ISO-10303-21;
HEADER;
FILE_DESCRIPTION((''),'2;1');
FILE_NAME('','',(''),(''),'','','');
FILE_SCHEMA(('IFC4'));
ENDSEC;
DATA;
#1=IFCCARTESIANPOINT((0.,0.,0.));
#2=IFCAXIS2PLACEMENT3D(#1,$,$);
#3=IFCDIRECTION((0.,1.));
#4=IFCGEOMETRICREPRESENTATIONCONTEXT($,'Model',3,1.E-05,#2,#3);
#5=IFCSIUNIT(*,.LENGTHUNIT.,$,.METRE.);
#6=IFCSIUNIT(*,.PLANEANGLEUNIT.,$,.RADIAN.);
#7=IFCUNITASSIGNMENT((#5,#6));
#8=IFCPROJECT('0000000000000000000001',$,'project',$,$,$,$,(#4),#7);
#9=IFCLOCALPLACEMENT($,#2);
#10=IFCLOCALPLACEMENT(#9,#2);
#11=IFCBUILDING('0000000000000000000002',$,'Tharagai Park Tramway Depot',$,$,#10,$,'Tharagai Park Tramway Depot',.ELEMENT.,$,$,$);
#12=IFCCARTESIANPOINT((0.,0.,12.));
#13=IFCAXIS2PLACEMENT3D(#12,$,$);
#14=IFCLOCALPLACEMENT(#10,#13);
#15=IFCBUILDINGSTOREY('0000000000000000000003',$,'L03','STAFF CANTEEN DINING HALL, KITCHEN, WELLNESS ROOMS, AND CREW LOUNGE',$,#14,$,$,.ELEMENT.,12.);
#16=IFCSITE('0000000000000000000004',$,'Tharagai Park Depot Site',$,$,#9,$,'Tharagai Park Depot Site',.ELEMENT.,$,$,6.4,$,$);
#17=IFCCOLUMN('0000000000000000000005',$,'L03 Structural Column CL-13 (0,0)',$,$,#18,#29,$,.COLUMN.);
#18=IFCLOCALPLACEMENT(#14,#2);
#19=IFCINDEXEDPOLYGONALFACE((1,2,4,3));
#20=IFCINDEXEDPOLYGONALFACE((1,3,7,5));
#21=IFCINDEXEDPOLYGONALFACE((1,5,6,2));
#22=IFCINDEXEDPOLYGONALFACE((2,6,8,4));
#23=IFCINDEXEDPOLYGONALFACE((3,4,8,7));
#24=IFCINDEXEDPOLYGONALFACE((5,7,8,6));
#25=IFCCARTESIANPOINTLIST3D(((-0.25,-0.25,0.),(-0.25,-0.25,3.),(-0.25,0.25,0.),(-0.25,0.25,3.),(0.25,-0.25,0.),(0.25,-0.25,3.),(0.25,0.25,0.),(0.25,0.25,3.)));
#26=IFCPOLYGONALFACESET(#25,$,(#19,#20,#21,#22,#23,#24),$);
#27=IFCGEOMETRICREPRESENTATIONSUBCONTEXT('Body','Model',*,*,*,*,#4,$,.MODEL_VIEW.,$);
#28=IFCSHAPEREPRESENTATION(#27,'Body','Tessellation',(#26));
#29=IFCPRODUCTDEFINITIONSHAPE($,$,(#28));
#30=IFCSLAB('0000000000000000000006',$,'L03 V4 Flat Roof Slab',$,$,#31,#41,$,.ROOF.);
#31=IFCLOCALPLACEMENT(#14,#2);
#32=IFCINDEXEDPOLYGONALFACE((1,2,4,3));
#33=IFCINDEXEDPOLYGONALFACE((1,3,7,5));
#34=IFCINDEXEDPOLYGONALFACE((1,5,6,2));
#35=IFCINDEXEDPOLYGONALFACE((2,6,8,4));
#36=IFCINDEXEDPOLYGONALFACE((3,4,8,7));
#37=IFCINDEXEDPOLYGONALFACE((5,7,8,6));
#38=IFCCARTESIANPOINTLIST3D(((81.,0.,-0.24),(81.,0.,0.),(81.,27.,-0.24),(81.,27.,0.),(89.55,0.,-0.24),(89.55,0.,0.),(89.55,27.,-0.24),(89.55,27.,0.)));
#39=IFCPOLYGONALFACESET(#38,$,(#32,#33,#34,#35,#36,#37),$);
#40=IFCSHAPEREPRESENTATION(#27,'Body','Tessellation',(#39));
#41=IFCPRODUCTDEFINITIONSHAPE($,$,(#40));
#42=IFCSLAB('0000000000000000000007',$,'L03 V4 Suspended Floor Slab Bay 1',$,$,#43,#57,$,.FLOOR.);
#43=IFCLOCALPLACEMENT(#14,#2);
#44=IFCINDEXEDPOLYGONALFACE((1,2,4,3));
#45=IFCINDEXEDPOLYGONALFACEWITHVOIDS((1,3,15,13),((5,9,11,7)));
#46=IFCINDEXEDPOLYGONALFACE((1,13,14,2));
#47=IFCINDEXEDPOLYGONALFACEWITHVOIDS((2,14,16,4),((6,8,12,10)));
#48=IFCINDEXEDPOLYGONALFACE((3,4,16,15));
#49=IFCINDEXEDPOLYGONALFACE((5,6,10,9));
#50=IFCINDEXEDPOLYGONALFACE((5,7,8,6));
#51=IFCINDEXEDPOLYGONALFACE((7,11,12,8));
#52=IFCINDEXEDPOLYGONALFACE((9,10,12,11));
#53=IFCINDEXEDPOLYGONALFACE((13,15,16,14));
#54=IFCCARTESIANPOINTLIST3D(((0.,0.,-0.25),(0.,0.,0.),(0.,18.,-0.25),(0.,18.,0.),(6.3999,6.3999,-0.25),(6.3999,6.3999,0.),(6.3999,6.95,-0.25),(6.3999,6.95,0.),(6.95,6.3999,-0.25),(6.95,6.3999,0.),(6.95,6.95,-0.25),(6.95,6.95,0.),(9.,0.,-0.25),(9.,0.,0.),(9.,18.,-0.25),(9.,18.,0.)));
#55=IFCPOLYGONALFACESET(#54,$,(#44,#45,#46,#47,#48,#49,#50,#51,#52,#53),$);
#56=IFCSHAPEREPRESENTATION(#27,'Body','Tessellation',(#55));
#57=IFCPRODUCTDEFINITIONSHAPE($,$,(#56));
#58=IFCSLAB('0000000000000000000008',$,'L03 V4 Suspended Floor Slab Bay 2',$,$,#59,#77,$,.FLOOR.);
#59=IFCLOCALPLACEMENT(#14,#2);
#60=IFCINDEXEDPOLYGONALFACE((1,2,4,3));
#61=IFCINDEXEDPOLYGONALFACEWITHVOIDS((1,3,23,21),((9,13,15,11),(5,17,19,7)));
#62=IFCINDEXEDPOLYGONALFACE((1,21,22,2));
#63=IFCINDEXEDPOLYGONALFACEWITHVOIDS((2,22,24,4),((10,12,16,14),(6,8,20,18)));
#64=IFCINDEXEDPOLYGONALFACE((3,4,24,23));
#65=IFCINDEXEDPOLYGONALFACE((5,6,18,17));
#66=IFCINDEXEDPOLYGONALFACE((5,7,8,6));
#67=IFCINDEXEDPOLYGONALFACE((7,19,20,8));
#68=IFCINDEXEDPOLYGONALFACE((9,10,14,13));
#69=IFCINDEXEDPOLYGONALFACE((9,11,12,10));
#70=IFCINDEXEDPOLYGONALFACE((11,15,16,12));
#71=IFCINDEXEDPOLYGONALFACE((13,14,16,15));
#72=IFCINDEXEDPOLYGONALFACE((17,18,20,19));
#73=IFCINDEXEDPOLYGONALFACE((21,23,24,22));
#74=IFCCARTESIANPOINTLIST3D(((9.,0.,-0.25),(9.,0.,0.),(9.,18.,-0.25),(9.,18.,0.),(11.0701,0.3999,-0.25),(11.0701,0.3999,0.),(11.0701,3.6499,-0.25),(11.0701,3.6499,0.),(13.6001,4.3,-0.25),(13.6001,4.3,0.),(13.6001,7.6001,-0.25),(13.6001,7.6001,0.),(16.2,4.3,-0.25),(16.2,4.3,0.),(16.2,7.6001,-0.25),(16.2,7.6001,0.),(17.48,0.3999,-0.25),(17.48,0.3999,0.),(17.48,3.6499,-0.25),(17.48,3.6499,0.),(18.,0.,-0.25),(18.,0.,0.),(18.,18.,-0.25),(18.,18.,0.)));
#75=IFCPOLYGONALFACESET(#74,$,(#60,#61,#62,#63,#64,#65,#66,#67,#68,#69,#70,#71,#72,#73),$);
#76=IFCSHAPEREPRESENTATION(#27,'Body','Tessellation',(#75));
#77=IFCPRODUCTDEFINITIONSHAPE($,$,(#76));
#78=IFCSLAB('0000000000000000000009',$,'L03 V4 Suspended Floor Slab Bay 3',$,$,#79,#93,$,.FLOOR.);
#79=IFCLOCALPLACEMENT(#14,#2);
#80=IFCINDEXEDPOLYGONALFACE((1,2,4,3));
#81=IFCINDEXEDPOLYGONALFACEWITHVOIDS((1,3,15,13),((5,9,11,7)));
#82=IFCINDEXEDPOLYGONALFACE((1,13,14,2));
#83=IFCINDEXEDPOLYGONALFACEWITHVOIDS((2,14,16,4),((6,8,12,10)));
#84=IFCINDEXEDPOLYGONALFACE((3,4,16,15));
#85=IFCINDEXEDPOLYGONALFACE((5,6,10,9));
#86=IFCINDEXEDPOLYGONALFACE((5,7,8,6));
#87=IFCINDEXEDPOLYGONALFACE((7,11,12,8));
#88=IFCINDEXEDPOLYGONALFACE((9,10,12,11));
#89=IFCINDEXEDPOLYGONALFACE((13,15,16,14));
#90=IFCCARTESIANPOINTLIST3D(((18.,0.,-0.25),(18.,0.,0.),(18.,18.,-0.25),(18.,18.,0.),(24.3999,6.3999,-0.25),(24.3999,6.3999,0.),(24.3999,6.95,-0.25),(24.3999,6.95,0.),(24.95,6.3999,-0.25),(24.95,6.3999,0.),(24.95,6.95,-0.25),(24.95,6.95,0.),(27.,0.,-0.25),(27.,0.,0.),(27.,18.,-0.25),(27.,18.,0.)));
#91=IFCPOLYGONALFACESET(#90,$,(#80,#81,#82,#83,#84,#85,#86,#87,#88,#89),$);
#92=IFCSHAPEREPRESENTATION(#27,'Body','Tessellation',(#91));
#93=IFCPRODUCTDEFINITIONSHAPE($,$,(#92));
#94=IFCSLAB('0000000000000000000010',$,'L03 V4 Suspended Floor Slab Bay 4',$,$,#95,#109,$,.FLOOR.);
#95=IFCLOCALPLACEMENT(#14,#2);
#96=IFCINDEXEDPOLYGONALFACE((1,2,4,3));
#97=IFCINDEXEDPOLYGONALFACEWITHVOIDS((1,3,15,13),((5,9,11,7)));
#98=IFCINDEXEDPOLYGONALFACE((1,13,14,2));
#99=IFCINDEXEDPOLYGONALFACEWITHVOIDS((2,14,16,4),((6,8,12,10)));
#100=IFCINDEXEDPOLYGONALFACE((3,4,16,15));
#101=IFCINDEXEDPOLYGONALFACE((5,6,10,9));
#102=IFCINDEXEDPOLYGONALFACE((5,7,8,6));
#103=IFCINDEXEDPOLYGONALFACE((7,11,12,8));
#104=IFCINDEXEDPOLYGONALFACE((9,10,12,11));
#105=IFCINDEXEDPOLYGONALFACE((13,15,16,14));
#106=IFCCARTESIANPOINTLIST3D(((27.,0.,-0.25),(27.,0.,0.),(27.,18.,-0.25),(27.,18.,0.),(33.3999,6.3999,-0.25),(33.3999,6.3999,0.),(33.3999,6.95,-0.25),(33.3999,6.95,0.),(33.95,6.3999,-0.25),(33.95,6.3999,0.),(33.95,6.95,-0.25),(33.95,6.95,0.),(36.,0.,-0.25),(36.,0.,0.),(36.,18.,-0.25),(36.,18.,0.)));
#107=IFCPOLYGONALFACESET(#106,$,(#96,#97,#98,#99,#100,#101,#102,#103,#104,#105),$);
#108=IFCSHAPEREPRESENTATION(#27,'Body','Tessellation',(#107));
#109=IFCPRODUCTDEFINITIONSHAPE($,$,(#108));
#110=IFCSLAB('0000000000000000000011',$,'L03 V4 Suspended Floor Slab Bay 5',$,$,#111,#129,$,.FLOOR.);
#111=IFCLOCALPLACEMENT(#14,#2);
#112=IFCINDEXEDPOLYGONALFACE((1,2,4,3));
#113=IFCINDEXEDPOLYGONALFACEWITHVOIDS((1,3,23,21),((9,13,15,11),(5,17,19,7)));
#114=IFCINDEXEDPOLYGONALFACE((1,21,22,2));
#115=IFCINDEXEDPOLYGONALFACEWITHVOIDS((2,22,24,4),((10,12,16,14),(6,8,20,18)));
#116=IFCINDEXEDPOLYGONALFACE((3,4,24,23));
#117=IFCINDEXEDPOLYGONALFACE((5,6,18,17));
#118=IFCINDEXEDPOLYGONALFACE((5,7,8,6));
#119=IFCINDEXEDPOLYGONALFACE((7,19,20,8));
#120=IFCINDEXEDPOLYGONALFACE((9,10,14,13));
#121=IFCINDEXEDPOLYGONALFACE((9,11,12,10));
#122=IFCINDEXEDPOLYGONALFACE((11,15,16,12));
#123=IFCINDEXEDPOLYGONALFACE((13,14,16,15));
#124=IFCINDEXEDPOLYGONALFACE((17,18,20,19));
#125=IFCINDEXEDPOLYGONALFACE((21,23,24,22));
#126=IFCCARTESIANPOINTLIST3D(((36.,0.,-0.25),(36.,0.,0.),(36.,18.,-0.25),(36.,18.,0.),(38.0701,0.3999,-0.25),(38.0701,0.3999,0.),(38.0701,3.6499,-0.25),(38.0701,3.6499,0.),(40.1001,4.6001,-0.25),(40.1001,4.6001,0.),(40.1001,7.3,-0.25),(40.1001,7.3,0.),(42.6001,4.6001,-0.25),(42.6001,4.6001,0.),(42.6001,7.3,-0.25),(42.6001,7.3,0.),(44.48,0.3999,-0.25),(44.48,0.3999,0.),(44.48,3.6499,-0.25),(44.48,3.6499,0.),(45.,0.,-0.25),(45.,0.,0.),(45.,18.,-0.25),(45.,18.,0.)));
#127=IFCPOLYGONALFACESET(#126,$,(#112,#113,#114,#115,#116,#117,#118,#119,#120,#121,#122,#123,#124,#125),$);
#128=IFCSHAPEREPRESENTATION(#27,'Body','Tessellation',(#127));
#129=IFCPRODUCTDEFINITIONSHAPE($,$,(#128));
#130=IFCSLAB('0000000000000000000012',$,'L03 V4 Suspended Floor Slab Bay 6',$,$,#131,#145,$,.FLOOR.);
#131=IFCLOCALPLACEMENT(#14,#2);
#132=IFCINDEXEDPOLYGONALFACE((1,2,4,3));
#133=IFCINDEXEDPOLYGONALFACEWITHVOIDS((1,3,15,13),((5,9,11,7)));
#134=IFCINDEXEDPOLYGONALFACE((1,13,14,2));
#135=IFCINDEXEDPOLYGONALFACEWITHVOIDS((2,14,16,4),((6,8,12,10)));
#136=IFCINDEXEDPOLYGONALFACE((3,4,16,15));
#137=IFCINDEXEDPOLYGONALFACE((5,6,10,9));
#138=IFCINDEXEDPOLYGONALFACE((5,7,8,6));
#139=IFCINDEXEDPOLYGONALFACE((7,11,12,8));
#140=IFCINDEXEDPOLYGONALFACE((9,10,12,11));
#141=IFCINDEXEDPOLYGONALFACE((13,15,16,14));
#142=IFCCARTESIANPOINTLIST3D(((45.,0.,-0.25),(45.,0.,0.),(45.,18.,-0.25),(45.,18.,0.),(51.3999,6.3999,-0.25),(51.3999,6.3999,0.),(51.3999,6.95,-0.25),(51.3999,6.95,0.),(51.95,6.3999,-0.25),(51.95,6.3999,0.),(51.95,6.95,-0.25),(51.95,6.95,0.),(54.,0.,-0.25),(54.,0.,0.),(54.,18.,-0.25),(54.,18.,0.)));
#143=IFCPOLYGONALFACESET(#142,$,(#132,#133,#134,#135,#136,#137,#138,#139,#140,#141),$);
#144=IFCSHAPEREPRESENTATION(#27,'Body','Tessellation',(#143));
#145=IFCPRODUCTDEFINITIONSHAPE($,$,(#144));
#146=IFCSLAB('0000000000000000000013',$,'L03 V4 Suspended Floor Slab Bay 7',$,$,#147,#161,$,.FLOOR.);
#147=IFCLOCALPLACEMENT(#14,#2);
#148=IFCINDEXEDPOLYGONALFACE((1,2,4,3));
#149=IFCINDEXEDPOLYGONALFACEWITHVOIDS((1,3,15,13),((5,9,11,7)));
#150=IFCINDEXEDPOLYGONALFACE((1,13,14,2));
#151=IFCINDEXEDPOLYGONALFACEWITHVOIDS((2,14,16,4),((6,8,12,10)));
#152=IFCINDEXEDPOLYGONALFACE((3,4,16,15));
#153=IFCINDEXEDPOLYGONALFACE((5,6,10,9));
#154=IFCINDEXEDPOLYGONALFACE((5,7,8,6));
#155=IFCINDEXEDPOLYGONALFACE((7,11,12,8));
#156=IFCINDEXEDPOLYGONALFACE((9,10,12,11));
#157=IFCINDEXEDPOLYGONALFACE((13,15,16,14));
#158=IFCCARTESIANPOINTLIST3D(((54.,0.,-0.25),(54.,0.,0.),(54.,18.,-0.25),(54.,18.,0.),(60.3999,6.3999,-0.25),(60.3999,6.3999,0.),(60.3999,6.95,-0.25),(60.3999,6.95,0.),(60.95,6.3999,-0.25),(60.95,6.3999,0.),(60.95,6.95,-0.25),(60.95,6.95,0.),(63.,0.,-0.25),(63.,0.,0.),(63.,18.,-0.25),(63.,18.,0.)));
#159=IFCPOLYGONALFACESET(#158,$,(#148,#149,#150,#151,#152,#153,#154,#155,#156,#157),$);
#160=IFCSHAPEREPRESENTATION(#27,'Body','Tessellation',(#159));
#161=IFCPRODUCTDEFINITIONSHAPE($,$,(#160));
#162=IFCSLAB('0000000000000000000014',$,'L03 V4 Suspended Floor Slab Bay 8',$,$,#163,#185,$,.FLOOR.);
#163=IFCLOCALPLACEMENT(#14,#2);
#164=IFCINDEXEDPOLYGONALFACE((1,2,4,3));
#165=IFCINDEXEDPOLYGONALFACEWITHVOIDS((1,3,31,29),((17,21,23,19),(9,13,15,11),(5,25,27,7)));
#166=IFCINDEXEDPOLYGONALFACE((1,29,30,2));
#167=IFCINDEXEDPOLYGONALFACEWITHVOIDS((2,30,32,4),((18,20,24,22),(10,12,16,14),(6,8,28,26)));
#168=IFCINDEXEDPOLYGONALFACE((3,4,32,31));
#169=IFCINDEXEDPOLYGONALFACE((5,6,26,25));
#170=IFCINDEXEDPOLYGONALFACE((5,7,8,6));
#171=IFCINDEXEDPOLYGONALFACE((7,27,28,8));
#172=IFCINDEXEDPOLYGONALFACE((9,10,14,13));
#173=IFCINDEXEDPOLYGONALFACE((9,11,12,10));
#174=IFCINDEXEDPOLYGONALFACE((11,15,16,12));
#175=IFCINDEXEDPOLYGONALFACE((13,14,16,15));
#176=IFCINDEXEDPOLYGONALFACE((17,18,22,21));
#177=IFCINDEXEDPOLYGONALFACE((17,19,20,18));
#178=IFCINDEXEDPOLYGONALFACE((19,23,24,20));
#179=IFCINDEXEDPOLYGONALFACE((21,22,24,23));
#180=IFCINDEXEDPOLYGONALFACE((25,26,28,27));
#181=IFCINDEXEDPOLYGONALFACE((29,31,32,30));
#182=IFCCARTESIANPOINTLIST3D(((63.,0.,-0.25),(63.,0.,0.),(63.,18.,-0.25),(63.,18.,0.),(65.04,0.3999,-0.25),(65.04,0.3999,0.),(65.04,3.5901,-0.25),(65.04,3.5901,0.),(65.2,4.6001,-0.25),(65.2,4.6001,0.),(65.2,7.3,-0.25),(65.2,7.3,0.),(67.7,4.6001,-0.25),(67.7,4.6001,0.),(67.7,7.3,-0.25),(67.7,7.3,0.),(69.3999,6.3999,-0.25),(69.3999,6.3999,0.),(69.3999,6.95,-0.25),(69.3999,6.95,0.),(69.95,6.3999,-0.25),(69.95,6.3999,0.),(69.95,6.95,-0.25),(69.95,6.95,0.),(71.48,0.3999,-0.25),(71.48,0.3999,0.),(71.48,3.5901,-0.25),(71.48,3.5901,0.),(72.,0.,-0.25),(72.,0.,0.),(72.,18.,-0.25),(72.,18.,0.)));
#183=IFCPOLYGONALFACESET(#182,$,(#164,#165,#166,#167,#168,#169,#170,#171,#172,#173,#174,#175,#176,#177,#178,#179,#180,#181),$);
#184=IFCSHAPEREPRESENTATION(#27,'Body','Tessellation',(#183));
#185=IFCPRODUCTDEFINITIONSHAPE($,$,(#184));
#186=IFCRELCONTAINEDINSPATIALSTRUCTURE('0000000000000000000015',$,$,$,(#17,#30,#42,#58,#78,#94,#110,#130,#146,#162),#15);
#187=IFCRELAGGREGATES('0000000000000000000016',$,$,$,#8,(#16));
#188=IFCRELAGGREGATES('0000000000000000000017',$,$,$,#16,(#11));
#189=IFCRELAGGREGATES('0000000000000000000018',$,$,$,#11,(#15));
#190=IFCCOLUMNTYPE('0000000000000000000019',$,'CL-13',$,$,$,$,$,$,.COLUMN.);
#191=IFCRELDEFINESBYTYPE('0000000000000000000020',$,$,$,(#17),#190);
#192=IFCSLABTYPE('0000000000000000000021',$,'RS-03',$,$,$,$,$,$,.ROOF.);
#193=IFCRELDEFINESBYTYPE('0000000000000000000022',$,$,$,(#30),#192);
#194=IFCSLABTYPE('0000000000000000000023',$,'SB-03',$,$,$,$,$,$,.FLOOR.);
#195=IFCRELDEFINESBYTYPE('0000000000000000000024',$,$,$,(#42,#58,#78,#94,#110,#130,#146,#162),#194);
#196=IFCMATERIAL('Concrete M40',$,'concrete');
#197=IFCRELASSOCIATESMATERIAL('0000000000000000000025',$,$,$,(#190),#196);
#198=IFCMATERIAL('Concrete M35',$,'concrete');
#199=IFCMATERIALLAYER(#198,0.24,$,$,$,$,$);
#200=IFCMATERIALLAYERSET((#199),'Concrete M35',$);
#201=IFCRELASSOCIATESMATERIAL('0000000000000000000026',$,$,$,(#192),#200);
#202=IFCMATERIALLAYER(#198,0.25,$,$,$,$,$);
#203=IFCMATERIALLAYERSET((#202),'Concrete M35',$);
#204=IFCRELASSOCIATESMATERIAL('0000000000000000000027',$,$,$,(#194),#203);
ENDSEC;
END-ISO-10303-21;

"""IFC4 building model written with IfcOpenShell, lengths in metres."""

from ifc_helpers import new_model, si_unit, direction, frame, origin, origin_with_axes, origin_2d, place, context, subcontext, project, spatial, polyline, rectangle, outline, extrude, material, layer, layer_set, material_profile, profile_set, type_object, element, save


model = new_model("IFC4")

# Units and contexts
model_context = context("Model", 3, precision=1e-05, world=origin(), true_north=direction((0.0, 1.0)))
body_context = subcontext(model_context, "Body", "Model", "MODEL_VIEW")
ifc_project = project(units=[si_unit("LENGTHUNIT", "METRE"), si_unit("PLANEANGLEUNIT", "RADIAN")], contexts=[model_context])

# Site, building, storey
site_placement = place(None, origin())
site = spatial("IfcSite", under=ifc_project, at=site_placement, Name="Tharagai Park Depot Site", LongName="Tharagai Park Depot Site", CompositionType="ELEMENT", RefElevation=6.4)
building_placement = place(site_placement, origin())
building = spatial("IfcBuilding", under=site, at=building_placement, Name="Tharagai Park Tramway Depot", LongName="Tharagai Park Tramway Depot", CompositionType="ELEMENT")
storey_placement = place(building_placement, frame((0.0, 0.0, 12.0)))
storey = spatial("IfcBuildingStorey", under=building, at=storey_placement, Name="L03", Description="STAFF CANTEEN DINING HALL, KITCHEN, WELLNESS ROOMS, AND CREW LOUNGE", CompositionType="ELEMENT", Elevation=12.0)

# Column
ifc_material_1 = material(Name="Concrete M40", Category="concrete")
ifc_material_profile = material_profile(ifc_material_1, rectangle(XDim=0.5, YDim=0.5, at=origin_2d()), Name="RC 500x500")
ifc_profile_set = profile_set([ifc_material_profile], Name="Concrete M40")
column_type = type_object("IfcColumnType", Name="CL-13", PredefinedType="COLUMN", material=ifc_profile_set)
column_placement = place(storey_placement, origin_with_axes())
element("IfcColumn", 1, at=column_placement, inside=storey, type_object=column_type, Name="L03 Structural Column CL-13 (0,0)", PredefinedType="COLUMN", context=body_context, shape_type="SweptSolid", body=[
    extrude(rectangle(XDim=0.5, YDim=0.5, at=origin_2d()), origin(), (0.0, 0.0, 1.0), 3.0),
])

# Slabs
ifc_material_2 = material(Name="Concrete M35", Category="concrete")
ifc_layer_1 = layer(ifc_material_2, 0.24)
ifc_layer_set_1 = layer_set([ifc_layer_1], Name="Concrete M35")
slab_type_1 = type_object("IfcSlabType", Name="RS-03", PredefinedType="ROOF", material=ifc_layer_set_1)
slab_1_placement = place(storey_placement, frame((0.0, 0.0, -0.24)))
element("IfcSlab", 2, at=slab_1_placement, inside=storey, type_object=slab_type_1, Name="L03 V4 Flat Roof Slab", PredefinedType="ROOF", context=body_context, shape_type="SweptSolid", body=[
    extrude(outline(polyline([(81.0, 0.0), (89.55, 0.0), (89.55, 27.0), (81.0, 27.0), (81.0, 0.0)])), origin(), (0.0, 0.0, 1.0), 0.24),
])
ifc_layer_2 = layer(ifc_material_2, 0.25)
ifc_layer_set_2 = layer_set([ifc_layer_2], Name="Concrete M35")
slab_type_2 = type_object("IfcSlabType", Name="SB-03", PredefinedType="FLOOR", material=ifc_layer_set_2)
slab_2_placement = place(storey_placement, frame((0.0, 0.0, -0.25)))
element("IfcSlab", 3, at=slab_2_placement, inside=storey, type_object=slab_type_2, Name="L03 V4 Suspended Floor Slab Bay 1", PredefinedType="FLOOR", context=body_context, shape_type="SweptSolid", body=[
    extrude(outline(polyline([(0.0, 0.0), (9.0, 0.0), (9.0, 18.0), (0.0, 18.0), (0.0, 0.0)]), holes=[polyline([(6.3999, 6.3999), (6.95, 6.3999), (6.95, 6.95), (6.3999, 6.95), (6.3999, 6.3999)])]), origin(), (0.0, 0.0, 1.0), 0.25),
])
slab_3_placement = place(storey_placement, frame((0.0, 0.0, -0.25)))
element("IfcSlab", 4, at=slab_3_placement, inside=storey, type_object=slab_type_2, Name="L03 V4 Suspended Floor Slab Bay 2", PredefinedType="FLOOR", context=body_context, shape_type="SweptSolid", body=[
    extrude(outline(polyline([(9.0, 0.0), (18.0, 0.0), (18.0, 18.0), (9.0, 18.0), (9.0, 0.0)]), holes=[polyline([(11.0701, 0.3999), (17.48, 0.3999), (17.48, 3.6499), (11.0701, 3.6499), (11.0701, 0.3999)]), polyline([(13.6001, 4.3), (16.2, 4.3), (16.2, 7.6001), (13.6001, 7.6001), (13.6001, 4.3)])]), origin(), (0.0, 0.0, 1.0), 0.25),
])
slab_4_placement = place(storey_placement, frame((0.0, 0.0, -0.25)))
element("IfcSlab", 5, at=slab_4_placement, inside=storey, type_object=slab_type_2, Name="L03 V4 Suspended Floor Slab Bay 3", PredefinedType="FLOOR", context=body_context, shape_type="SweptSolid", body=[
    extrude(outline(polyline([(18.0, 0.0), (27.0, 0.0), (27.0, 18.0), (18.0, 18.0), (18.0, 0.0)]), holes=[polyline([(24.3999, 6.3999), (24.95, 6.3999), (24.95, 6.95), (24.3999, 6.95), (24.3999, 6.3999)])]), origin(), (0.0, 0.0, 1.0), 0.25),
])
slab_5_placement = place(storey_placement, frame((0.0, 0.0, -0.25)))
element("IfcSlab", 6, at=slab_5_placement, inside=storey, type_object=slab_type_2, Name="L03 V4 Suspended Floor Slab Bay 4", PredefinedType="FLOOR", context=body_context, shape_type="SweptSolid", body=[
    extrude(outline(polyline([(27.0, 0.0), (36.0, 0.0), (36.0, 18.0), (27.0, 18.0), (27.0, 0.0)]), holes=[polyline([(33.3999, 6.3999), (33.95, 6.3999), (33.95, 6.95), (33.3999, 6.95), (33.3999, 6.3999)])]), origin(), (0.0, 0.0, 1.0), 0.25),
])
slab_6_placement = place(storey_placement, frame((0.0, 0.0, -0.25)))
element("IfcSlab", 7, at=slab_6_placement, inside=storey, type_object=slab_type_2, Name="L03 V4 Suspended Floor Slab Bay 5", PredefinedType="FLOOR", context=body_context, shape_type="SweptSolid", body=[
    extrude(outline(polyline([(36.0, 0.0), (45.0, 0.0), (45.0, 18.0), (36.0, 18.0), (36.0, 0.0)]), holes=[polyline([(38.0701, 0.3999), (44.48, 0.3999), (44.48, 3.6499), (38.0701, 3.6499), (38.0701, 0.3999)]), polyline([(40.1001, 4.6001), (42.6001, 4.6001), (42.6001, 7.3), (40.1001, 7.3), (40.1001, 4.6001)])]), origin(), (0.0, 0.0, 1.0), 0.25),
])
slab_7_placement = place(storey_placement, frame((0.0, 0.0, -0.25)))
element("IfcSlab", 8, at=slab_7_placement, inside=storey, type_object=slab_type_2, Name="L03 V4 Suspended Floor Slab Bay 6", PredefinedType="FLOOR", context=body_context, shape_type="SweptSolid", body=[
    extrude(outline(polyline([(45.0, 0.0), (54.0, 0.0), (54.0, 18.0), (45.0, 18.0), (45.0, 0.0)]), holes=[polyline([(51.3999, 6.3999), (51.95, 6.3999), (51.95, 6.95), (51.3999, 6.95), (51.3999, 6.3999)])]), origin(), (0.0, 0.0, 1.0), 0.25),
])
slab_8_placement = place(storey_placement, frame((0.0, 0.0, -0.25)))
element("IfcSlab", 9, at=slab_8_placement, inside=storey, type_object=slab_type_2, Name="L03 V4 Suspended Floor Slab Bay 7", PredefinedType="FLOOR", context=body_context, shape_type="SweptSolid", body=[
    extrude(outline(polyline([(54.0, 0.0), (63.0, 0.0), (63.0, 18.0), (54.0, 18.0), (54.0, 0.0)]), holes=[polyline([(60.3999, 6.3999), (60.95, 6.3999), (60.95, 6.95), (60.3999, 6.95), (60.3999, 6.3999)])]), origin(), (0.0, 0.0, 1.0), 0.25),
])
slab_9_placement = place(storey_placement, frame((0.0, 0.0, -0.25)))
element("IfcSlab", 10, at=slab_9_placement, inside=storey, type_object=slab_type_2, Name="L03 V4 Suspended Floor Slab Bay 8", PredefinedType="FLOOR", context=body_context, shape_type="SweptSolid", body=[
    extrude(outline(polyline([(63.0, 0.0), (72.0, 0.0), (72.0, 18.0), (63.0, 18.0), (63.0, 0.0)]), holes=[polyline([(65.04, 0.3999), (71.48, 0.3999), (71.48, 3.5901), (65.04, 3.5901), (65.04, 0.3999)]), polyline([(65.2, 4.6001), (67.7, 4.6001), (67.7, 7.3), (65.2, 7.3), (65.2, 4.6001)]), polyline([(69.3999, 6.3999), (69.95, 6.3999), (69.95, 6.95), (69.3999, 6.95), (69.3999, 6.3999)])]), origin(), (0.0, 0.0, 1.0), 0.25),
])

save(model, "model.ifc")
